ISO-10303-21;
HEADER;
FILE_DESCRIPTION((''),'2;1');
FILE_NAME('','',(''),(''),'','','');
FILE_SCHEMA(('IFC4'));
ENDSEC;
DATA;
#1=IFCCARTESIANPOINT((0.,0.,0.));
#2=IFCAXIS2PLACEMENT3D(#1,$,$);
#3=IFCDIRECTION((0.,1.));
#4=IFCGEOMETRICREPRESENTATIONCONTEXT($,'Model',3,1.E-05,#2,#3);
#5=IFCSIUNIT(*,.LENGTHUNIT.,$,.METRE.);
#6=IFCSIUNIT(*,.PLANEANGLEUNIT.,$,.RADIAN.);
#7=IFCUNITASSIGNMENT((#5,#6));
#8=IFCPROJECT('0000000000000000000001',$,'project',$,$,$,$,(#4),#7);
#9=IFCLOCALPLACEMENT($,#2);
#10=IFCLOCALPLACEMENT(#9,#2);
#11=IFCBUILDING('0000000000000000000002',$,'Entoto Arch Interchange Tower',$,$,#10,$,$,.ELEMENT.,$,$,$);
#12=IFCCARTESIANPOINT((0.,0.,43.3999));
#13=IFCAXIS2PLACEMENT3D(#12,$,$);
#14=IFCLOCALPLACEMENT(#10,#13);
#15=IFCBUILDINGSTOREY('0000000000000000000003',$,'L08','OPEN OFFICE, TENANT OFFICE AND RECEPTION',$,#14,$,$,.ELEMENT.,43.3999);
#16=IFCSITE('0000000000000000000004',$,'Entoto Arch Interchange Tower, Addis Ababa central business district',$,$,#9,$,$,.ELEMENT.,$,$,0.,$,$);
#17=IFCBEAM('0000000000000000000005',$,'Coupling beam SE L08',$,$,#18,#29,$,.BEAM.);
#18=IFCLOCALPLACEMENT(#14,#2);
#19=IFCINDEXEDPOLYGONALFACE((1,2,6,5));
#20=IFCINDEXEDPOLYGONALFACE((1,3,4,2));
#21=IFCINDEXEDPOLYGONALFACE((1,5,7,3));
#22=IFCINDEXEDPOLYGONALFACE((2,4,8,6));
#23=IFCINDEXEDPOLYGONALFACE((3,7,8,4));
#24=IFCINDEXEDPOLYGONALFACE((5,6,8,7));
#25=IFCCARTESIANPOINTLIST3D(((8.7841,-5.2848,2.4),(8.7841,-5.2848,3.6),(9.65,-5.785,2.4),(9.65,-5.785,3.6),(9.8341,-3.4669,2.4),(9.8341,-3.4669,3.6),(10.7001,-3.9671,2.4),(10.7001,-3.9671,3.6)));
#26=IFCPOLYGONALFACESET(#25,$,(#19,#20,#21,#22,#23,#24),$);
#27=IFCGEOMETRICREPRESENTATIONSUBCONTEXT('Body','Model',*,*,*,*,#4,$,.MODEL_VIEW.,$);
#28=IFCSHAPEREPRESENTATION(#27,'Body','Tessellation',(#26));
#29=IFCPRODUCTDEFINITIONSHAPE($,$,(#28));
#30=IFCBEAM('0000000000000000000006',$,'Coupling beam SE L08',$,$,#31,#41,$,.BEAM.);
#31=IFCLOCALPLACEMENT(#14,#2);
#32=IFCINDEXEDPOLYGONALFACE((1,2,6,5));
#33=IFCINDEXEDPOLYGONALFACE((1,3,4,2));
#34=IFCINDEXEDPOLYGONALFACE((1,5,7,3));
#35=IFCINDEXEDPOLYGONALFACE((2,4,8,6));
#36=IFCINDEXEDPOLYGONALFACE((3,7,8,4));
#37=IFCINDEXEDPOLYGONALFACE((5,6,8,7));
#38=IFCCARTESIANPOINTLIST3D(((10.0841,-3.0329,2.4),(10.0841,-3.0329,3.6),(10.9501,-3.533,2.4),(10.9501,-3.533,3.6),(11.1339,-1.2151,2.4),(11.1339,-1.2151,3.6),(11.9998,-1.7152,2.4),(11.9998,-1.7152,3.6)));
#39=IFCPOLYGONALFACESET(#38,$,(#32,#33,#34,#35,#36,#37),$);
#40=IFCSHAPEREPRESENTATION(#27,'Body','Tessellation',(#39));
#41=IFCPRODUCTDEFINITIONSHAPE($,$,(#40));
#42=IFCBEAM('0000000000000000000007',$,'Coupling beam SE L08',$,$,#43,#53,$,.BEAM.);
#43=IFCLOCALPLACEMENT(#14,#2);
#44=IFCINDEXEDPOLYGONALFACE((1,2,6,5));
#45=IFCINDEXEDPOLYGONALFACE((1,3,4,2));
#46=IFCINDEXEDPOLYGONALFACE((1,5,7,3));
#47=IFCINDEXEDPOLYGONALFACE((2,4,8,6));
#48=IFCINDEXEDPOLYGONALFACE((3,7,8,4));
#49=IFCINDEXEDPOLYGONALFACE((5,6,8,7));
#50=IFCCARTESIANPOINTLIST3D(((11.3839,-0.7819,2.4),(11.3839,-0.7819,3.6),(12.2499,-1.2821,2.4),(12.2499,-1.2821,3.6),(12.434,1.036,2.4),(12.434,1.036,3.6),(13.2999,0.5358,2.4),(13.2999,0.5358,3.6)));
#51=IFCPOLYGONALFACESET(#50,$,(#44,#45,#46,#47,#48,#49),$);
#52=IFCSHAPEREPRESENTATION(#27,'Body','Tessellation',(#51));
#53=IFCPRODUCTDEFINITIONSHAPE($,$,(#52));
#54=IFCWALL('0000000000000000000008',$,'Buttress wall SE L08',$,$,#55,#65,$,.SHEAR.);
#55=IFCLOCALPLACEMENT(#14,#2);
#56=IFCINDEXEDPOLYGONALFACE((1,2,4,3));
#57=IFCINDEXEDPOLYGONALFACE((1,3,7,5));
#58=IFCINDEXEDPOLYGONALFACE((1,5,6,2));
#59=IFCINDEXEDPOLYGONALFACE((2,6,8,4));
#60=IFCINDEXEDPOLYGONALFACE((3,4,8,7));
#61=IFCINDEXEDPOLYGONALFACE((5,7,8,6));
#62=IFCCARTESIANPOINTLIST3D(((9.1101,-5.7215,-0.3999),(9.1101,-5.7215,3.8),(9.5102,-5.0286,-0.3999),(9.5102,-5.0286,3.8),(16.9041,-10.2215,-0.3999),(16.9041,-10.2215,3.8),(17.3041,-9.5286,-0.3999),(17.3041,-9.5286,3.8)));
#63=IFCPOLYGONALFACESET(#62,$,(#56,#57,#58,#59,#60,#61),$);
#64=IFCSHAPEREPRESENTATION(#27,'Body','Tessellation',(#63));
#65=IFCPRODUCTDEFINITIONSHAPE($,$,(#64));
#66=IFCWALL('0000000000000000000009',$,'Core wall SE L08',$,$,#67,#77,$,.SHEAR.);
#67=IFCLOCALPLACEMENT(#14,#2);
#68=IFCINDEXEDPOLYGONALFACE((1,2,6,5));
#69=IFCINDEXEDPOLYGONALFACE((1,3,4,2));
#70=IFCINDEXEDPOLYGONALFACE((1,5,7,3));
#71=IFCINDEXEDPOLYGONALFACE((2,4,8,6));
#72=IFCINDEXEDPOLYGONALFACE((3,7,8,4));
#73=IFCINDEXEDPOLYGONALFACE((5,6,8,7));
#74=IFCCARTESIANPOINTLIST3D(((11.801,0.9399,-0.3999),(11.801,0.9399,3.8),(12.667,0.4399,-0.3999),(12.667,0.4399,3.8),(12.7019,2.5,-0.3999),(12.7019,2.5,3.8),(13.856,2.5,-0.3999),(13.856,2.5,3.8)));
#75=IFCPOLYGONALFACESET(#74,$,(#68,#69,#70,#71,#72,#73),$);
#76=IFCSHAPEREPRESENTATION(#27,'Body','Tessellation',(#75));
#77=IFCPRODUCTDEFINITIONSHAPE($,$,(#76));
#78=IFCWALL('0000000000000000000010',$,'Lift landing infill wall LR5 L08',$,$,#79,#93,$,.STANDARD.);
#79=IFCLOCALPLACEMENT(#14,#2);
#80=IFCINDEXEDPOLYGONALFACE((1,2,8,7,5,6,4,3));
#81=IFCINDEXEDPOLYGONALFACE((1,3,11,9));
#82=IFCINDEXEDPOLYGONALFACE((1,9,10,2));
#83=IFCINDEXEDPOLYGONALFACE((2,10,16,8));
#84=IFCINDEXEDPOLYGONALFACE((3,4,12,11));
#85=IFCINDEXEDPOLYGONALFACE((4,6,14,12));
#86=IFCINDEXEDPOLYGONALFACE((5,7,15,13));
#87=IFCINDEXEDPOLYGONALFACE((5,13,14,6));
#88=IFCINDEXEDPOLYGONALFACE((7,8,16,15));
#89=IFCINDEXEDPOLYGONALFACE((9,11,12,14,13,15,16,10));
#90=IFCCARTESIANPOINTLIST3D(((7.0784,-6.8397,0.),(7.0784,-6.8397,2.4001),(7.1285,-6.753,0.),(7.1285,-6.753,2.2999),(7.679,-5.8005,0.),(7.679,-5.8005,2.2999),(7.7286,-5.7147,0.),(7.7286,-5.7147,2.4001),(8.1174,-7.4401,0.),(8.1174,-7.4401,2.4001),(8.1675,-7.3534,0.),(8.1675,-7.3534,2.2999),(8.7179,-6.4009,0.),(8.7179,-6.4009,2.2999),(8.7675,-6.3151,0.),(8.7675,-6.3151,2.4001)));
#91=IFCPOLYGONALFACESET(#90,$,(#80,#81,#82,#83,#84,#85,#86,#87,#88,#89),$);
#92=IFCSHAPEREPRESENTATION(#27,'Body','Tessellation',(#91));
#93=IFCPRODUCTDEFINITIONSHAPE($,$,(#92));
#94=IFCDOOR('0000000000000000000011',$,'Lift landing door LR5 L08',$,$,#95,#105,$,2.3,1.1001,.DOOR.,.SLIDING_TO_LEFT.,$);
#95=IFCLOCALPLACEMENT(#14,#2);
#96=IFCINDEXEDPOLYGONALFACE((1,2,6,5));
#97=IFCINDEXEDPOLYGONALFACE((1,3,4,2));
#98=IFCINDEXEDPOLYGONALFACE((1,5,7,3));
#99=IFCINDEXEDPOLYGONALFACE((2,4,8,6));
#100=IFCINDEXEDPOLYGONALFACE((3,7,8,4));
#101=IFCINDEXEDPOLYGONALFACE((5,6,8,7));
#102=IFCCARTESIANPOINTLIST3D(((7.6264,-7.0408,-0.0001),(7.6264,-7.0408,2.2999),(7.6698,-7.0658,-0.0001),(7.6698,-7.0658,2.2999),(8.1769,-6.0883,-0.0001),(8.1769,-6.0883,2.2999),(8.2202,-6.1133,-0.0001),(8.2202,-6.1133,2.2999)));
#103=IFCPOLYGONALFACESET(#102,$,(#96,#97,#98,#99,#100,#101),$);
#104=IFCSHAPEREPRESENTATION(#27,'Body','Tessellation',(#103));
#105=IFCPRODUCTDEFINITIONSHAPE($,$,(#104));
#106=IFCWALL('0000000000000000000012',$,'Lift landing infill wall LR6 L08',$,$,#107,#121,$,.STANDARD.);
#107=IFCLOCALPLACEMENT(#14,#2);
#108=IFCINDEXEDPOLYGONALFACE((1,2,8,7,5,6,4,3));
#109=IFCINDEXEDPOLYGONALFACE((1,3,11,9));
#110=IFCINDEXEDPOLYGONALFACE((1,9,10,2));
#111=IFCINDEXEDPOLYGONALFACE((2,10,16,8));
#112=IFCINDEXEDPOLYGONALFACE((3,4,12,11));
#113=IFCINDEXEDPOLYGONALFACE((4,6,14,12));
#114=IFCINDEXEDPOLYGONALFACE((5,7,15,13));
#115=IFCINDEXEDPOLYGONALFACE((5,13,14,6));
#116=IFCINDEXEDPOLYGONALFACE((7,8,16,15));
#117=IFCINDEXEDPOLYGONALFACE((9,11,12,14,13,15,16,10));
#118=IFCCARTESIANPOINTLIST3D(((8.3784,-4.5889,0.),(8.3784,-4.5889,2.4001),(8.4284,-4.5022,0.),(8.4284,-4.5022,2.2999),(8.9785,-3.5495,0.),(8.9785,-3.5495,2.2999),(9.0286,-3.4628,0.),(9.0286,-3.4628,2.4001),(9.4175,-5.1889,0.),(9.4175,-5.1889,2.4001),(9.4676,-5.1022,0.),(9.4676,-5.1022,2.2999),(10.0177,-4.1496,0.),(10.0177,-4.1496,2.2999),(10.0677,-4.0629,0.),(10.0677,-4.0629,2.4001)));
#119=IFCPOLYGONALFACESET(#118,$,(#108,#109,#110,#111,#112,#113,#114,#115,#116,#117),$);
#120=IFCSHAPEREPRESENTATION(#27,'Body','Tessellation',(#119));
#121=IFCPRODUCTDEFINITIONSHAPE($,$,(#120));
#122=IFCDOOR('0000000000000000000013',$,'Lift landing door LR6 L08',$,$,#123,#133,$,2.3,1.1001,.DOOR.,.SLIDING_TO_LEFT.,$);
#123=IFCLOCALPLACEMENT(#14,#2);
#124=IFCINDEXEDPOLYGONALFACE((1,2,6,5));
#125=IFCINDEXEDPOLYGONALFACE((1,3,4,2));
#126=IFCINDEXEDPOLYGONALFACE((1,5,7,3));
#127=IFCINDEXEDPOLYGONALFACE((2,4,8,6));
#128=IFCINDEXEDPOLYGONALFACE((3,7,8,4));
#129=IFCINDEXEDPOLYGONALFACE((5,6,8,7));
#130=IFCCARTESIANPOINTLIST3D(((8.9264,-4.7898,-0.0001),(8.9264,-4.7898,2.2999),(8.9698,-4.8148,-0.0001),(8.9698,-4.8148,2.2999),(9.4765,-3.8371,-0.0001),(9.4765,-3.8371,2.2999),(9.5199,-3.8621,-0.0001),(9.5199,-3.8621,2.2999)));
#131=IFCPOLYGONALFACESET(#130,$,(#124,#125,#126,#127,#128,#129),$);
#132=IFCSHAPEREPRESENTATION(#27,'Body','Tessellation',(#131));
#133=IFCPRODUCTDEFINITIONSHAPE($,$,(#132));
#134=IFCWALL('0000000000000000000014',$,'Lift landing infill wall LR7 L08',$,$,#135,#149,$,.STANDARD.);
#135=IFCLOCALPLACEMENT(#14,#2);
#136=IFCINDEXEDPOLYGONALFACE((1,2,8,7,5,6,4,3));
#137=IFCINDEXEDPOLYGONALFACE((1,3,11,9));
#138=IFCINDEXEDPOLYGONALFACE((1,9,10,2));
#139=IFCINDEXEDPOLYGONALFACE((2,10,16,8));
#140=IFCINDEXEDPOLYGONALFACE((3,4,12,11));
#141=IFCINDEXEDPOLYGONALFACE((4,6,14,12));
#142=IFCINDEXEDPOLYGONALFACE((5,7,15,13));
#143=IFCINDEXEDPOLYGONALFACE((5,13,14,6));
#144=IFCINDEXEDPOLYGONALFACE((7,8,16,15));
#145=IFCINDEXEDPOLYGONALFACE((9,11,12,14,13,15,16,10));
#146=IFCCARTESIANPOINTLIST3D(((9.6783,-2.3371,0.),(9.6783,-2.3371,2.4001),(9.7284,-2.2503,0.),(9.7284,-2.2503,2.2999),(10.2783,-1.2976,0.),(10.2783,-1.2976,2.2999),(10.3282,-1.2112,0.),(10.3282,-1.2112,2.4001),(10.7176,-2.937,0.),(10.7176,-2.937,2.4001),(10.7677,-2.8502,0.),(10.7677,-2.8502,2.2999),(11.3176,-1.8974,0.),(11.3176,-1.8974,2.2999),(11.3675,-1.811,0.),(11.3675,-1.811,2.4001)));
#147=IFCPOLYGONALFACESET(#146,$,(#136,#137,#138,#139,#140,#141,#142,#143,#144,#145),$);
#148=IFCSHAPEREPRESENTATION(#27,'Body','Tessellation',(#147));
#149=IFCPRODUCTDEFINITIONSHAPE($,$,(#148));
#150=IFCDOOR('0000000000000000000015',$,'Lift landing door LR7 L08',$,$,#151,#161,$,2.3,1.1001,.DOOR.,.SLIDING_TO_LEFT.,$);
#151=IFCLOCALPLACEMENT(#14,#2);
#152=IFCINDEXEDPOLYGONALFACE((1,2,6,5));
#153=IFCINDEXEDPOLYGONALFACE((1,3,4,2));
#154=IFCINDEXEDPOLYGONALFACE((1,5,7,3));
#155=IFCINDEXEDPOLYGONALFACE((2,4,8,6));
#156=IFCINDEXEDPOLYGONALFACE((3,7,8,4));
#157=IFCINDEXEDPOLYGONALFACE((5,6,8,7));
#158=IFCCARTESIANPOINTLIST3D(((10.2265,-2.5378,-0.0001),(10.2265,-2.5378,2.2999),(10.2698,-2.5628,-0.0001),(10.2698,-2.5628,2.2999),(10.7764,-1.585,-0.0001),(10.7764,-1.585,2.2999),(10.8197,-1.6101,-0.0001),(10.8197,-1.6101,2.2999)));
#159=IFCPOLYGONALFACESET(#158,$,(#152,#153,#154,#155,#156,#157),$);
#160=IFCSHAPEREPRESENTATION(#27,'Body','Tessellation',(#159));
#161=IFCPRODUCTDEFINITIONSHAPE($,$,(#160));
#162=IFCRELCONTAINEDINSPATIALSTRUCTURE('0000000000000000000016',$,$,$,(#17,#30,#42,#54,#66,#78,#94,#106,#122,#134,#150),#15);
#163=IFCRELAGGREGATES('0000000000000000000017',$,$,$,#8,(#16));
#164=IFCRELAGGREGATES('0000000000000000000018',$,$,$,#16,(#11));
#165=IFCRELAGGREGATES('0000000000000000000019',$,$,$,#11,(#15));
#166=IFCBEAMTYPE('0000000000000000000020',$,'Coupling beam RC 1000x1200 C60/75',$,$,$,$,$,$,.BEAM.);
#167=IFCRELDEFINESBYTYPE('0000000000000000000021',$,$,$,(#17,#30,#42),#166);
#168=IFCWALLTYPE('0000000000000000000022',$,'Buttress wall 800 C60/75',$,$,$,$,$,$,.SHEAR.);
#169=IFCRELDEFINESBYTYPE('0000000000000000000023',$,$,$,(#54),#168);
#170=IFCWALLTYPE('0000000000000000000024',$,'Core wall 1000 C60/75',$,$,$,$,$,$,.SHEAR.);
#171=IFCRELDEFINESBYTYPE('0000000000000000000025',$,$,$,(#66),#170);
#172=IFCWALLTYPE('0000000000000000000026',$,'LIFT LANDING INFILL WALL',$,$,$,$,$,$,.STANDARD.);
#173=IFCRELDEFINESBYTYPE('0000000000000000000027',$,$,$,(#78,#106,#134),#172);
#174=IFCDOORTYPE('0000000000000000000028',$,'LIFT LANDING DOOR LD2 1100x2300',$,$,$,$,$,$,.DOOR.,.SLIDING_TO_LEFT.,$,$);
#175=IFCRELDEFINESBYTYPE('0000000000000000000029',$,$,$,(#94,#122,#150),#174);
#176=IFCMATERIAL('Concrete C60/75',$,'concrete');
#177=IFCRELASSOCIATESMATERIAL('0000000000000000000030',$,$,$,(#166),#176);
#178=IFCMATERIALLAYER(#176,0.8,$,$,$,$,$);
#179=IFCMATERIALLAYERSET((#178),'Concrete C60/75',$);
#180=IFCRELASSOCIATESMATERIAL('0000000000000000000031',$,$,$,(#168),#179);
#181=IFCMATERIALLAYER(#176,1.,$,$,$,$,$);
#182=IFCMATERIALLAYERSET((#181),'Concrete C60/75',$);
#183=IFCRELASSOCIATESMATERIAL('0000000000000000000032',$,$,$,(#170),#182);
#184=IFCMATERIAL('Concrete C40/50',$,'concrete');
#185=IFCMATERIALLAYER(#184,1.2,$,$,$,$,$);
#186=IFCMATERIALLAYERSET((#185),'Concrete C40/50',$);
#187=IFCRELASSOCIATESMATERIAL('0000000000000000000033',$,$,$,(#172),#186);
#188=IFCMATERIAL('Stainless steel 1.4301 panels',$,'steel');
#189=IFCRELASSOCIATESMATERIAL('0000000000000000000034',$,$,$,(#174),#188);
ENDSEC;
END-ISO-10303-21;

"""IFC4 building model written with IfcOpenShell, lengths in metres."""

from ifc_helpers import new_model, si_unit, direction, frame, frame_2d, origin, origin_2d, place, context, subcontext, project, spatial, polyline, rectangle, outline, extrude, material, layer, layer_set, material_profile, profile_set, type_object, element, fill, save


model = new_model("IFC4")

# Units and contexts
model_context = context("Model", 3, precision=1e-05, world=origin(), true_north=direction((0.0, 1.0)))
body_context = subcontext(model_context, "Body", "Model", "MODEL_VIEW")
ifc_project = project(units=[si_unit("LENGTHUNIT", "METRE"), si_unit("PLANEANGLEUNIT", "RADIAN")], contexts=[model_context])

# Site, building, storey
site_placement = place(None, origin())
site = spatial("IfcSite", under=ifc_project, at=site_placement, Name="Entoto Arch Interchange Tower, Addis Ababa central business district", CompositionType="ELEMENT", RefElevation=0.0)
building_placement = place(site_placement, origin())
building = spatial("IfcBuilding", under=site, at=building_placement, Name="Entoto Arch Interchange Tower", CompositionType="ELEMENT")
storey_placement = place(building_placement, frame((0.0, 0.0, 43.3999)))
storey = spatial("IfcBuildingStorey", under=building, at=storey_placement, Name="L08", Description="OPEN OFFICE, TENANT OFFICE AND RECEPTION", CompositionType="ELEMENT", Elevation=43.3999)

# Beams
ifc_material_1 = material(Name="Concrete C60/75", Category="concrete")
ifc_material_profile = material_profile(ifc_material_1, rectangle(XDim=1.0, YDim=1.2, at=origin_2d()))
ifc_profile_set = profile_set([ifc_material_profile], Name="Concrete C60/75")
beam_type = type_object("IfcBeamType", Name="Coupling beam RC 1000x1200 C60/75", PredefinedType="BEAM", material=ifc_profile_set)
beam_1_placement = place(storey_placement, frame((9.217, -5.5349, 3.0), z_axis=(0.500179, 0.865922, 0.0), x_axis=(-0.865922, 0.500179, 0.0)))
element("IfcBeam", 1, at=beam_1_placement, inside=storey, type_object=beam_type, Name="Coupling beam SE L08", PredefinedType="BEAM", context=body_context, shape_type="SweptSolid", body=[
    extrude(rectangle(XDim=1.0, YDim=1.2, at=origin_2d()), origin(), (0.0, 0.0, 1.0), 2.0994),
])
beam_2_placement = place(storey_placement, frame((10.5171, -3.283, 3.0), z_axis=(0.500092, 0.865973, 0.0), x_axis=(-0.865973, 0.500092, 0.0)))
element("IfcBeam", 2, at=beam_2_placement, inside=storey, type_object=beam_type, Name="Coupling beam SE L08", PredefinedType="BEAM", context=body_context, shape_type="SweptSolid", body=[
    extrude(rectangle(XDim=1.0, YDim=1.2, at=origin_2d()), origin(), (0.0, 0.0, 1.0), 2.0991),
])
beam_3_placement = place(storey_placement, frame((11.8169, -1.032, 3.0), z_axis=(0.500179, 0.865922, 0.0), x_axis=(-0.865922, 0.500179, 0.0)))
element("IfcBeam", 3, at=beam_3_placement, inside=storey, type_object=beam_type, Name="Coupling beam SE L08", PredefinedType="BEAM", context=body_context, shape_type="SweptSolid", body=[
    extrude(rectangle(XDim=1.0, YDim=1.2, at=origin_2d()), origin(), (0.0, 0.0, 1.0), 2.0994),
])

# Walls
ifc_layer_1 = layer(ifc_material_1, 0.8)
ifc_layer_set_1 = layer_set([ifc_layer_1], Name="Concrete C60/75")
wall_type_1 = type_object("IfcWallType", Name="Buttress wall 800 C60/75", PredefinedType="SHEAR", material=ifc_layer_set_1)
wall_1_placement = place(storey_placement, frame((9.3101, -5.375, -0.3999), z_axis=(0.0, 0.0, 1.0), x_axis=(0.866018, -0.500014, 0.0)))
element("IfcWall", 4, at=wall_1_placement, inside=storey, type_object=wall_type_1, Name="Buttress wall SE L08", PredefinedType="SHEAR", context=body_context, shape_type="SweptSolid", body=[
    extrude(rectangle(XDim=8.9998, YDim=0.8, at=frame_2d((4.5, 0.0))), origin(), (0.0, 0.0, 1.0), 4.2),
])
ifc_layer_2 = layer(ifc_material_1, 1.0)
ifc_layer_set_2 = layer_set([ifc_layer_2], Name="Concrete C60/75")
wall_type_2 = type_object("IfcWallType", Name="Core wall 1000 C60/75", PredefinedType="SHEAR", material=ifc_layer_set_2)
wall_2_placement = place(storey_placement, frame((0.0, 0.0, -0.3999)))
element("IfcWall", 5, at=wall_2_placement, inside=storey, type_object=wall_type_2, Name="Core wall SE L08", PredefinedType="SHEAR", context=body_context, shape_type="SweptSolid", body=[
    extrude(outline(polyline([(11.801, 0.9399), (12.667, 0.4399), (13.856, 2.5), (12.7019, 2.5), (11.801, 0.9399)])), origin(), (0.0, 0.0, 1.0), 4.2),
])

# Walls, openings, doors
ifc_material_2 = material(Name="Concrete C40/50", Category="concrete")
ifc_layer_3 = layer(ifc_material_2, 1.2)
ifc_layer_set_3 = layer_set([ifc_layer_3], Name="Concrete C40/50")
wall_type_3 = type_object("IfcWallType", Name="LIFT LANDING INFILL WALL", PredefinedType="STANDARD", material=ifc_layer_set_3)
wall_3_placement = place(storey_placement, frame((7.5979, -7.1399, 0.0), z_axis=(0.0, 0.0, 1.0), x_axis=(0.500362, 0.865816, 0.0)))
wall_3 = element("IfcWall", 6, at=wall_3_placement, inside=storey, type_object=wall_type_3, Name="Lift landing infill wall LR5 L08", PredefinedType="STANDARD", context=body_context, shape_type="SweptSolid", body=[
    extrude(rectangle(XDim=1.2993, YDim=1.2, at=frame_2d((0.6497, 0.0))), origin(), (0.0, 0.0, 1.0), 2.4001),
])
opening_1_placement = place(wall_3_placement, frame((0.1001, 0.0, 0.0)))
opening_1 = element("IfcOpeningElement", 7, at=opening_1_placement, cuts=wall_3, PredefinedType="OPENING", context=body_context, shape_type="SweptSolid", body=[
    extrude(rectangle(XDim=1.1001, YDim=2.3, at=frame_2d((0.55, 1.1499))), frame((0.0, 0.6099, 0.0), z_axis=(0.0, -1.0, 0.0), x_axis=(1.0, 0.0, 0.0)), (0.0, 0.0, 1.0), 1.22),
])
ifc_material_3 = material(Name="Stainless steel 1.4301 panels", Category="steel")
door_type_1 = type_object("IfcDoorType", Name="LIFT LANDING DOOR LD2 1100x2300", OperationType="SLIDING_TO_LEFT", PredefinedType="DOOR", material=ifc_material_3)
door_1_placement = place(opening_1_placement, origin())
door_1 = element("IfcDoor", 8, at=door_1_placement, inside=storey, type_object=door_type_1, Name="Lift landing door LR5 L08", OperationType="SLIDING_TO_LEFT", OverallHeight=2.3, OverallWidth=1.1001, PredefinedType="DOOR", context=body_context, shape_type="SweptSolid", body=[
    extrude(rectangle(XDim=1.1001, YDim=2.3, at=frame_2d((0.55, 1.1499))), frame((0.0, 0.0249, 0.0), z_axis=(0.0, -1.0, 0.0), x_axis=(1.0, 0.0, 0.0)), (0.0, 0.0, 1.0), 0.05),
])
fill(opening_1, door_1)
wall_4_placement = place(storey_placement, frame((8.8979, -4.8889, 0.0), z_axis=(0.0, 0.0, 1.0), x_axis=(0.500037, 0.866004, 0.0)))
wall_4 = element("IfcWall", 9, at=wall_4_placement, inside=storey, type_object=wall_type_3, Name="Lift landing infill wall LR6 L08", PredefinedType="STANDARD", context=body_context, shape_type="SweptSolid", body=[
    extrude(rectangle(XDim=1.3003, YDim=1.2, at=frame_2d((0.6501, 0.0))), origin(), (0.0, 0.0, 1.0), 2.4001),
])
opening_2_placement = place(wall_4_placement, frame((0.1001, 0.0, 0.0)))
opening_2 = element("IfcOpeningElement", 10, at=opening_2_placement, cuts=wall_4, PredefinedType="OPENING", context=body_context, shape_type="SweptSolid", body=[
    extrude(rectangle(XDim=1.1001, YDim=2.3, at=frame_2d((0.55, 1.1499))), frame((0.0, 0.6099, 0.0), z_axis=(0.0, -1.0, 0.0), x_axis=(1.0, 0.0, 0.0)), (0.0, 0.0, 1.0), 1.22),
])
door_2_placement = place(opening_2_placement, origin())
door_2 = element("IfcDoor", 11, at=door_2_placement, inside=storey, type_object=door_type_1, Name="Lift landing door LR6 L08", OperationType="SLIDING_TO_LEFT", OverallHeight=2.3, OverallWidth=1.1001, PredefinedType="DOOR", context=body_context, shape_type="SweptSolid", body=[
    extrude(rectangle(XDim=1.1001, YDim=2.3, at=frame_2d((0.55, 1.1499))), frame((0.0, 0.0249, 0.0), z_axis=(0.0, -1.0, 0.0), x_axis=(1.0, 0.0, 0.0)), (0.0, 0.0, 1.0), 0.05),
])
fill(opening_2, door_2)
wall_5_placement = place(storey_placement, frame((10.198, -2.637, 0.0), z_axis=(0.0, 0.0, 1.0), x_axis=(0.499896, 0.866086, 0.0)))
wall_5 = element("IfcWall", 12, at=wall_5_placement, inside=storey, type_object=wall_type_3, Name="Lift landing infill wall LR7 L08", PredefinedType="STANDARD", context=body_context, shape_type="SweptSolid", body=[
    extrude(rectangle(XDim=1.3, YDim=1.2, at=frame_2d((0.6499, 0.0))), origin(), (0.0, 0.0, 1.0), 2.4001),
])
opening_3_placement = place(wall_5_placement, frame((0.1001, 0.0, 0.0)))
opening_3 = element("IfcOpeningElement", 13, at=opening_3_placement, cuts=wall_5, PredefinedType="OPENING", context=body_context, shape_type="SweptSolid", body=[
    extrude(rectangle(XDim=1.1001, YDim=2.3, at=frame_2d((0.55, 1.1499))), frame((0.0, 0.6099, 0.0), z_axis=(0.0, -1.0, 0.0), x_axis=(1.0, 0.0, 0.0)), (0.0, 0.0, 1.0), 1.22),
])
door_3_placement = place(opening_3_placement, origin())
door_3 = element("IfcDoor", 14, at=door_3_placement, inside=storey, type_object=door_type_1, Name="Lift landing door LR7 L08", OperationType="SLIDING_TO_LEFT", OverallHeight=2.3, OverallWidth=1.1001, PredefinedType="DOOR", context=body_context, shape_type="SweptSolid", body=[
    extrude(rectangle(XDim=1.1001, YDim=2.3, at=frame_2d((0.55, 1.1499))), frame((0.0, 0.0249, 0.0), z_axis=(0.0, -1.0, 0.0), x_axis=(1.0, 0.0, 0.0)), (0.0, 0.0, 1.0), 0.05),
])
fill(opening_3, door_3)

save(model, "model.ifc")
